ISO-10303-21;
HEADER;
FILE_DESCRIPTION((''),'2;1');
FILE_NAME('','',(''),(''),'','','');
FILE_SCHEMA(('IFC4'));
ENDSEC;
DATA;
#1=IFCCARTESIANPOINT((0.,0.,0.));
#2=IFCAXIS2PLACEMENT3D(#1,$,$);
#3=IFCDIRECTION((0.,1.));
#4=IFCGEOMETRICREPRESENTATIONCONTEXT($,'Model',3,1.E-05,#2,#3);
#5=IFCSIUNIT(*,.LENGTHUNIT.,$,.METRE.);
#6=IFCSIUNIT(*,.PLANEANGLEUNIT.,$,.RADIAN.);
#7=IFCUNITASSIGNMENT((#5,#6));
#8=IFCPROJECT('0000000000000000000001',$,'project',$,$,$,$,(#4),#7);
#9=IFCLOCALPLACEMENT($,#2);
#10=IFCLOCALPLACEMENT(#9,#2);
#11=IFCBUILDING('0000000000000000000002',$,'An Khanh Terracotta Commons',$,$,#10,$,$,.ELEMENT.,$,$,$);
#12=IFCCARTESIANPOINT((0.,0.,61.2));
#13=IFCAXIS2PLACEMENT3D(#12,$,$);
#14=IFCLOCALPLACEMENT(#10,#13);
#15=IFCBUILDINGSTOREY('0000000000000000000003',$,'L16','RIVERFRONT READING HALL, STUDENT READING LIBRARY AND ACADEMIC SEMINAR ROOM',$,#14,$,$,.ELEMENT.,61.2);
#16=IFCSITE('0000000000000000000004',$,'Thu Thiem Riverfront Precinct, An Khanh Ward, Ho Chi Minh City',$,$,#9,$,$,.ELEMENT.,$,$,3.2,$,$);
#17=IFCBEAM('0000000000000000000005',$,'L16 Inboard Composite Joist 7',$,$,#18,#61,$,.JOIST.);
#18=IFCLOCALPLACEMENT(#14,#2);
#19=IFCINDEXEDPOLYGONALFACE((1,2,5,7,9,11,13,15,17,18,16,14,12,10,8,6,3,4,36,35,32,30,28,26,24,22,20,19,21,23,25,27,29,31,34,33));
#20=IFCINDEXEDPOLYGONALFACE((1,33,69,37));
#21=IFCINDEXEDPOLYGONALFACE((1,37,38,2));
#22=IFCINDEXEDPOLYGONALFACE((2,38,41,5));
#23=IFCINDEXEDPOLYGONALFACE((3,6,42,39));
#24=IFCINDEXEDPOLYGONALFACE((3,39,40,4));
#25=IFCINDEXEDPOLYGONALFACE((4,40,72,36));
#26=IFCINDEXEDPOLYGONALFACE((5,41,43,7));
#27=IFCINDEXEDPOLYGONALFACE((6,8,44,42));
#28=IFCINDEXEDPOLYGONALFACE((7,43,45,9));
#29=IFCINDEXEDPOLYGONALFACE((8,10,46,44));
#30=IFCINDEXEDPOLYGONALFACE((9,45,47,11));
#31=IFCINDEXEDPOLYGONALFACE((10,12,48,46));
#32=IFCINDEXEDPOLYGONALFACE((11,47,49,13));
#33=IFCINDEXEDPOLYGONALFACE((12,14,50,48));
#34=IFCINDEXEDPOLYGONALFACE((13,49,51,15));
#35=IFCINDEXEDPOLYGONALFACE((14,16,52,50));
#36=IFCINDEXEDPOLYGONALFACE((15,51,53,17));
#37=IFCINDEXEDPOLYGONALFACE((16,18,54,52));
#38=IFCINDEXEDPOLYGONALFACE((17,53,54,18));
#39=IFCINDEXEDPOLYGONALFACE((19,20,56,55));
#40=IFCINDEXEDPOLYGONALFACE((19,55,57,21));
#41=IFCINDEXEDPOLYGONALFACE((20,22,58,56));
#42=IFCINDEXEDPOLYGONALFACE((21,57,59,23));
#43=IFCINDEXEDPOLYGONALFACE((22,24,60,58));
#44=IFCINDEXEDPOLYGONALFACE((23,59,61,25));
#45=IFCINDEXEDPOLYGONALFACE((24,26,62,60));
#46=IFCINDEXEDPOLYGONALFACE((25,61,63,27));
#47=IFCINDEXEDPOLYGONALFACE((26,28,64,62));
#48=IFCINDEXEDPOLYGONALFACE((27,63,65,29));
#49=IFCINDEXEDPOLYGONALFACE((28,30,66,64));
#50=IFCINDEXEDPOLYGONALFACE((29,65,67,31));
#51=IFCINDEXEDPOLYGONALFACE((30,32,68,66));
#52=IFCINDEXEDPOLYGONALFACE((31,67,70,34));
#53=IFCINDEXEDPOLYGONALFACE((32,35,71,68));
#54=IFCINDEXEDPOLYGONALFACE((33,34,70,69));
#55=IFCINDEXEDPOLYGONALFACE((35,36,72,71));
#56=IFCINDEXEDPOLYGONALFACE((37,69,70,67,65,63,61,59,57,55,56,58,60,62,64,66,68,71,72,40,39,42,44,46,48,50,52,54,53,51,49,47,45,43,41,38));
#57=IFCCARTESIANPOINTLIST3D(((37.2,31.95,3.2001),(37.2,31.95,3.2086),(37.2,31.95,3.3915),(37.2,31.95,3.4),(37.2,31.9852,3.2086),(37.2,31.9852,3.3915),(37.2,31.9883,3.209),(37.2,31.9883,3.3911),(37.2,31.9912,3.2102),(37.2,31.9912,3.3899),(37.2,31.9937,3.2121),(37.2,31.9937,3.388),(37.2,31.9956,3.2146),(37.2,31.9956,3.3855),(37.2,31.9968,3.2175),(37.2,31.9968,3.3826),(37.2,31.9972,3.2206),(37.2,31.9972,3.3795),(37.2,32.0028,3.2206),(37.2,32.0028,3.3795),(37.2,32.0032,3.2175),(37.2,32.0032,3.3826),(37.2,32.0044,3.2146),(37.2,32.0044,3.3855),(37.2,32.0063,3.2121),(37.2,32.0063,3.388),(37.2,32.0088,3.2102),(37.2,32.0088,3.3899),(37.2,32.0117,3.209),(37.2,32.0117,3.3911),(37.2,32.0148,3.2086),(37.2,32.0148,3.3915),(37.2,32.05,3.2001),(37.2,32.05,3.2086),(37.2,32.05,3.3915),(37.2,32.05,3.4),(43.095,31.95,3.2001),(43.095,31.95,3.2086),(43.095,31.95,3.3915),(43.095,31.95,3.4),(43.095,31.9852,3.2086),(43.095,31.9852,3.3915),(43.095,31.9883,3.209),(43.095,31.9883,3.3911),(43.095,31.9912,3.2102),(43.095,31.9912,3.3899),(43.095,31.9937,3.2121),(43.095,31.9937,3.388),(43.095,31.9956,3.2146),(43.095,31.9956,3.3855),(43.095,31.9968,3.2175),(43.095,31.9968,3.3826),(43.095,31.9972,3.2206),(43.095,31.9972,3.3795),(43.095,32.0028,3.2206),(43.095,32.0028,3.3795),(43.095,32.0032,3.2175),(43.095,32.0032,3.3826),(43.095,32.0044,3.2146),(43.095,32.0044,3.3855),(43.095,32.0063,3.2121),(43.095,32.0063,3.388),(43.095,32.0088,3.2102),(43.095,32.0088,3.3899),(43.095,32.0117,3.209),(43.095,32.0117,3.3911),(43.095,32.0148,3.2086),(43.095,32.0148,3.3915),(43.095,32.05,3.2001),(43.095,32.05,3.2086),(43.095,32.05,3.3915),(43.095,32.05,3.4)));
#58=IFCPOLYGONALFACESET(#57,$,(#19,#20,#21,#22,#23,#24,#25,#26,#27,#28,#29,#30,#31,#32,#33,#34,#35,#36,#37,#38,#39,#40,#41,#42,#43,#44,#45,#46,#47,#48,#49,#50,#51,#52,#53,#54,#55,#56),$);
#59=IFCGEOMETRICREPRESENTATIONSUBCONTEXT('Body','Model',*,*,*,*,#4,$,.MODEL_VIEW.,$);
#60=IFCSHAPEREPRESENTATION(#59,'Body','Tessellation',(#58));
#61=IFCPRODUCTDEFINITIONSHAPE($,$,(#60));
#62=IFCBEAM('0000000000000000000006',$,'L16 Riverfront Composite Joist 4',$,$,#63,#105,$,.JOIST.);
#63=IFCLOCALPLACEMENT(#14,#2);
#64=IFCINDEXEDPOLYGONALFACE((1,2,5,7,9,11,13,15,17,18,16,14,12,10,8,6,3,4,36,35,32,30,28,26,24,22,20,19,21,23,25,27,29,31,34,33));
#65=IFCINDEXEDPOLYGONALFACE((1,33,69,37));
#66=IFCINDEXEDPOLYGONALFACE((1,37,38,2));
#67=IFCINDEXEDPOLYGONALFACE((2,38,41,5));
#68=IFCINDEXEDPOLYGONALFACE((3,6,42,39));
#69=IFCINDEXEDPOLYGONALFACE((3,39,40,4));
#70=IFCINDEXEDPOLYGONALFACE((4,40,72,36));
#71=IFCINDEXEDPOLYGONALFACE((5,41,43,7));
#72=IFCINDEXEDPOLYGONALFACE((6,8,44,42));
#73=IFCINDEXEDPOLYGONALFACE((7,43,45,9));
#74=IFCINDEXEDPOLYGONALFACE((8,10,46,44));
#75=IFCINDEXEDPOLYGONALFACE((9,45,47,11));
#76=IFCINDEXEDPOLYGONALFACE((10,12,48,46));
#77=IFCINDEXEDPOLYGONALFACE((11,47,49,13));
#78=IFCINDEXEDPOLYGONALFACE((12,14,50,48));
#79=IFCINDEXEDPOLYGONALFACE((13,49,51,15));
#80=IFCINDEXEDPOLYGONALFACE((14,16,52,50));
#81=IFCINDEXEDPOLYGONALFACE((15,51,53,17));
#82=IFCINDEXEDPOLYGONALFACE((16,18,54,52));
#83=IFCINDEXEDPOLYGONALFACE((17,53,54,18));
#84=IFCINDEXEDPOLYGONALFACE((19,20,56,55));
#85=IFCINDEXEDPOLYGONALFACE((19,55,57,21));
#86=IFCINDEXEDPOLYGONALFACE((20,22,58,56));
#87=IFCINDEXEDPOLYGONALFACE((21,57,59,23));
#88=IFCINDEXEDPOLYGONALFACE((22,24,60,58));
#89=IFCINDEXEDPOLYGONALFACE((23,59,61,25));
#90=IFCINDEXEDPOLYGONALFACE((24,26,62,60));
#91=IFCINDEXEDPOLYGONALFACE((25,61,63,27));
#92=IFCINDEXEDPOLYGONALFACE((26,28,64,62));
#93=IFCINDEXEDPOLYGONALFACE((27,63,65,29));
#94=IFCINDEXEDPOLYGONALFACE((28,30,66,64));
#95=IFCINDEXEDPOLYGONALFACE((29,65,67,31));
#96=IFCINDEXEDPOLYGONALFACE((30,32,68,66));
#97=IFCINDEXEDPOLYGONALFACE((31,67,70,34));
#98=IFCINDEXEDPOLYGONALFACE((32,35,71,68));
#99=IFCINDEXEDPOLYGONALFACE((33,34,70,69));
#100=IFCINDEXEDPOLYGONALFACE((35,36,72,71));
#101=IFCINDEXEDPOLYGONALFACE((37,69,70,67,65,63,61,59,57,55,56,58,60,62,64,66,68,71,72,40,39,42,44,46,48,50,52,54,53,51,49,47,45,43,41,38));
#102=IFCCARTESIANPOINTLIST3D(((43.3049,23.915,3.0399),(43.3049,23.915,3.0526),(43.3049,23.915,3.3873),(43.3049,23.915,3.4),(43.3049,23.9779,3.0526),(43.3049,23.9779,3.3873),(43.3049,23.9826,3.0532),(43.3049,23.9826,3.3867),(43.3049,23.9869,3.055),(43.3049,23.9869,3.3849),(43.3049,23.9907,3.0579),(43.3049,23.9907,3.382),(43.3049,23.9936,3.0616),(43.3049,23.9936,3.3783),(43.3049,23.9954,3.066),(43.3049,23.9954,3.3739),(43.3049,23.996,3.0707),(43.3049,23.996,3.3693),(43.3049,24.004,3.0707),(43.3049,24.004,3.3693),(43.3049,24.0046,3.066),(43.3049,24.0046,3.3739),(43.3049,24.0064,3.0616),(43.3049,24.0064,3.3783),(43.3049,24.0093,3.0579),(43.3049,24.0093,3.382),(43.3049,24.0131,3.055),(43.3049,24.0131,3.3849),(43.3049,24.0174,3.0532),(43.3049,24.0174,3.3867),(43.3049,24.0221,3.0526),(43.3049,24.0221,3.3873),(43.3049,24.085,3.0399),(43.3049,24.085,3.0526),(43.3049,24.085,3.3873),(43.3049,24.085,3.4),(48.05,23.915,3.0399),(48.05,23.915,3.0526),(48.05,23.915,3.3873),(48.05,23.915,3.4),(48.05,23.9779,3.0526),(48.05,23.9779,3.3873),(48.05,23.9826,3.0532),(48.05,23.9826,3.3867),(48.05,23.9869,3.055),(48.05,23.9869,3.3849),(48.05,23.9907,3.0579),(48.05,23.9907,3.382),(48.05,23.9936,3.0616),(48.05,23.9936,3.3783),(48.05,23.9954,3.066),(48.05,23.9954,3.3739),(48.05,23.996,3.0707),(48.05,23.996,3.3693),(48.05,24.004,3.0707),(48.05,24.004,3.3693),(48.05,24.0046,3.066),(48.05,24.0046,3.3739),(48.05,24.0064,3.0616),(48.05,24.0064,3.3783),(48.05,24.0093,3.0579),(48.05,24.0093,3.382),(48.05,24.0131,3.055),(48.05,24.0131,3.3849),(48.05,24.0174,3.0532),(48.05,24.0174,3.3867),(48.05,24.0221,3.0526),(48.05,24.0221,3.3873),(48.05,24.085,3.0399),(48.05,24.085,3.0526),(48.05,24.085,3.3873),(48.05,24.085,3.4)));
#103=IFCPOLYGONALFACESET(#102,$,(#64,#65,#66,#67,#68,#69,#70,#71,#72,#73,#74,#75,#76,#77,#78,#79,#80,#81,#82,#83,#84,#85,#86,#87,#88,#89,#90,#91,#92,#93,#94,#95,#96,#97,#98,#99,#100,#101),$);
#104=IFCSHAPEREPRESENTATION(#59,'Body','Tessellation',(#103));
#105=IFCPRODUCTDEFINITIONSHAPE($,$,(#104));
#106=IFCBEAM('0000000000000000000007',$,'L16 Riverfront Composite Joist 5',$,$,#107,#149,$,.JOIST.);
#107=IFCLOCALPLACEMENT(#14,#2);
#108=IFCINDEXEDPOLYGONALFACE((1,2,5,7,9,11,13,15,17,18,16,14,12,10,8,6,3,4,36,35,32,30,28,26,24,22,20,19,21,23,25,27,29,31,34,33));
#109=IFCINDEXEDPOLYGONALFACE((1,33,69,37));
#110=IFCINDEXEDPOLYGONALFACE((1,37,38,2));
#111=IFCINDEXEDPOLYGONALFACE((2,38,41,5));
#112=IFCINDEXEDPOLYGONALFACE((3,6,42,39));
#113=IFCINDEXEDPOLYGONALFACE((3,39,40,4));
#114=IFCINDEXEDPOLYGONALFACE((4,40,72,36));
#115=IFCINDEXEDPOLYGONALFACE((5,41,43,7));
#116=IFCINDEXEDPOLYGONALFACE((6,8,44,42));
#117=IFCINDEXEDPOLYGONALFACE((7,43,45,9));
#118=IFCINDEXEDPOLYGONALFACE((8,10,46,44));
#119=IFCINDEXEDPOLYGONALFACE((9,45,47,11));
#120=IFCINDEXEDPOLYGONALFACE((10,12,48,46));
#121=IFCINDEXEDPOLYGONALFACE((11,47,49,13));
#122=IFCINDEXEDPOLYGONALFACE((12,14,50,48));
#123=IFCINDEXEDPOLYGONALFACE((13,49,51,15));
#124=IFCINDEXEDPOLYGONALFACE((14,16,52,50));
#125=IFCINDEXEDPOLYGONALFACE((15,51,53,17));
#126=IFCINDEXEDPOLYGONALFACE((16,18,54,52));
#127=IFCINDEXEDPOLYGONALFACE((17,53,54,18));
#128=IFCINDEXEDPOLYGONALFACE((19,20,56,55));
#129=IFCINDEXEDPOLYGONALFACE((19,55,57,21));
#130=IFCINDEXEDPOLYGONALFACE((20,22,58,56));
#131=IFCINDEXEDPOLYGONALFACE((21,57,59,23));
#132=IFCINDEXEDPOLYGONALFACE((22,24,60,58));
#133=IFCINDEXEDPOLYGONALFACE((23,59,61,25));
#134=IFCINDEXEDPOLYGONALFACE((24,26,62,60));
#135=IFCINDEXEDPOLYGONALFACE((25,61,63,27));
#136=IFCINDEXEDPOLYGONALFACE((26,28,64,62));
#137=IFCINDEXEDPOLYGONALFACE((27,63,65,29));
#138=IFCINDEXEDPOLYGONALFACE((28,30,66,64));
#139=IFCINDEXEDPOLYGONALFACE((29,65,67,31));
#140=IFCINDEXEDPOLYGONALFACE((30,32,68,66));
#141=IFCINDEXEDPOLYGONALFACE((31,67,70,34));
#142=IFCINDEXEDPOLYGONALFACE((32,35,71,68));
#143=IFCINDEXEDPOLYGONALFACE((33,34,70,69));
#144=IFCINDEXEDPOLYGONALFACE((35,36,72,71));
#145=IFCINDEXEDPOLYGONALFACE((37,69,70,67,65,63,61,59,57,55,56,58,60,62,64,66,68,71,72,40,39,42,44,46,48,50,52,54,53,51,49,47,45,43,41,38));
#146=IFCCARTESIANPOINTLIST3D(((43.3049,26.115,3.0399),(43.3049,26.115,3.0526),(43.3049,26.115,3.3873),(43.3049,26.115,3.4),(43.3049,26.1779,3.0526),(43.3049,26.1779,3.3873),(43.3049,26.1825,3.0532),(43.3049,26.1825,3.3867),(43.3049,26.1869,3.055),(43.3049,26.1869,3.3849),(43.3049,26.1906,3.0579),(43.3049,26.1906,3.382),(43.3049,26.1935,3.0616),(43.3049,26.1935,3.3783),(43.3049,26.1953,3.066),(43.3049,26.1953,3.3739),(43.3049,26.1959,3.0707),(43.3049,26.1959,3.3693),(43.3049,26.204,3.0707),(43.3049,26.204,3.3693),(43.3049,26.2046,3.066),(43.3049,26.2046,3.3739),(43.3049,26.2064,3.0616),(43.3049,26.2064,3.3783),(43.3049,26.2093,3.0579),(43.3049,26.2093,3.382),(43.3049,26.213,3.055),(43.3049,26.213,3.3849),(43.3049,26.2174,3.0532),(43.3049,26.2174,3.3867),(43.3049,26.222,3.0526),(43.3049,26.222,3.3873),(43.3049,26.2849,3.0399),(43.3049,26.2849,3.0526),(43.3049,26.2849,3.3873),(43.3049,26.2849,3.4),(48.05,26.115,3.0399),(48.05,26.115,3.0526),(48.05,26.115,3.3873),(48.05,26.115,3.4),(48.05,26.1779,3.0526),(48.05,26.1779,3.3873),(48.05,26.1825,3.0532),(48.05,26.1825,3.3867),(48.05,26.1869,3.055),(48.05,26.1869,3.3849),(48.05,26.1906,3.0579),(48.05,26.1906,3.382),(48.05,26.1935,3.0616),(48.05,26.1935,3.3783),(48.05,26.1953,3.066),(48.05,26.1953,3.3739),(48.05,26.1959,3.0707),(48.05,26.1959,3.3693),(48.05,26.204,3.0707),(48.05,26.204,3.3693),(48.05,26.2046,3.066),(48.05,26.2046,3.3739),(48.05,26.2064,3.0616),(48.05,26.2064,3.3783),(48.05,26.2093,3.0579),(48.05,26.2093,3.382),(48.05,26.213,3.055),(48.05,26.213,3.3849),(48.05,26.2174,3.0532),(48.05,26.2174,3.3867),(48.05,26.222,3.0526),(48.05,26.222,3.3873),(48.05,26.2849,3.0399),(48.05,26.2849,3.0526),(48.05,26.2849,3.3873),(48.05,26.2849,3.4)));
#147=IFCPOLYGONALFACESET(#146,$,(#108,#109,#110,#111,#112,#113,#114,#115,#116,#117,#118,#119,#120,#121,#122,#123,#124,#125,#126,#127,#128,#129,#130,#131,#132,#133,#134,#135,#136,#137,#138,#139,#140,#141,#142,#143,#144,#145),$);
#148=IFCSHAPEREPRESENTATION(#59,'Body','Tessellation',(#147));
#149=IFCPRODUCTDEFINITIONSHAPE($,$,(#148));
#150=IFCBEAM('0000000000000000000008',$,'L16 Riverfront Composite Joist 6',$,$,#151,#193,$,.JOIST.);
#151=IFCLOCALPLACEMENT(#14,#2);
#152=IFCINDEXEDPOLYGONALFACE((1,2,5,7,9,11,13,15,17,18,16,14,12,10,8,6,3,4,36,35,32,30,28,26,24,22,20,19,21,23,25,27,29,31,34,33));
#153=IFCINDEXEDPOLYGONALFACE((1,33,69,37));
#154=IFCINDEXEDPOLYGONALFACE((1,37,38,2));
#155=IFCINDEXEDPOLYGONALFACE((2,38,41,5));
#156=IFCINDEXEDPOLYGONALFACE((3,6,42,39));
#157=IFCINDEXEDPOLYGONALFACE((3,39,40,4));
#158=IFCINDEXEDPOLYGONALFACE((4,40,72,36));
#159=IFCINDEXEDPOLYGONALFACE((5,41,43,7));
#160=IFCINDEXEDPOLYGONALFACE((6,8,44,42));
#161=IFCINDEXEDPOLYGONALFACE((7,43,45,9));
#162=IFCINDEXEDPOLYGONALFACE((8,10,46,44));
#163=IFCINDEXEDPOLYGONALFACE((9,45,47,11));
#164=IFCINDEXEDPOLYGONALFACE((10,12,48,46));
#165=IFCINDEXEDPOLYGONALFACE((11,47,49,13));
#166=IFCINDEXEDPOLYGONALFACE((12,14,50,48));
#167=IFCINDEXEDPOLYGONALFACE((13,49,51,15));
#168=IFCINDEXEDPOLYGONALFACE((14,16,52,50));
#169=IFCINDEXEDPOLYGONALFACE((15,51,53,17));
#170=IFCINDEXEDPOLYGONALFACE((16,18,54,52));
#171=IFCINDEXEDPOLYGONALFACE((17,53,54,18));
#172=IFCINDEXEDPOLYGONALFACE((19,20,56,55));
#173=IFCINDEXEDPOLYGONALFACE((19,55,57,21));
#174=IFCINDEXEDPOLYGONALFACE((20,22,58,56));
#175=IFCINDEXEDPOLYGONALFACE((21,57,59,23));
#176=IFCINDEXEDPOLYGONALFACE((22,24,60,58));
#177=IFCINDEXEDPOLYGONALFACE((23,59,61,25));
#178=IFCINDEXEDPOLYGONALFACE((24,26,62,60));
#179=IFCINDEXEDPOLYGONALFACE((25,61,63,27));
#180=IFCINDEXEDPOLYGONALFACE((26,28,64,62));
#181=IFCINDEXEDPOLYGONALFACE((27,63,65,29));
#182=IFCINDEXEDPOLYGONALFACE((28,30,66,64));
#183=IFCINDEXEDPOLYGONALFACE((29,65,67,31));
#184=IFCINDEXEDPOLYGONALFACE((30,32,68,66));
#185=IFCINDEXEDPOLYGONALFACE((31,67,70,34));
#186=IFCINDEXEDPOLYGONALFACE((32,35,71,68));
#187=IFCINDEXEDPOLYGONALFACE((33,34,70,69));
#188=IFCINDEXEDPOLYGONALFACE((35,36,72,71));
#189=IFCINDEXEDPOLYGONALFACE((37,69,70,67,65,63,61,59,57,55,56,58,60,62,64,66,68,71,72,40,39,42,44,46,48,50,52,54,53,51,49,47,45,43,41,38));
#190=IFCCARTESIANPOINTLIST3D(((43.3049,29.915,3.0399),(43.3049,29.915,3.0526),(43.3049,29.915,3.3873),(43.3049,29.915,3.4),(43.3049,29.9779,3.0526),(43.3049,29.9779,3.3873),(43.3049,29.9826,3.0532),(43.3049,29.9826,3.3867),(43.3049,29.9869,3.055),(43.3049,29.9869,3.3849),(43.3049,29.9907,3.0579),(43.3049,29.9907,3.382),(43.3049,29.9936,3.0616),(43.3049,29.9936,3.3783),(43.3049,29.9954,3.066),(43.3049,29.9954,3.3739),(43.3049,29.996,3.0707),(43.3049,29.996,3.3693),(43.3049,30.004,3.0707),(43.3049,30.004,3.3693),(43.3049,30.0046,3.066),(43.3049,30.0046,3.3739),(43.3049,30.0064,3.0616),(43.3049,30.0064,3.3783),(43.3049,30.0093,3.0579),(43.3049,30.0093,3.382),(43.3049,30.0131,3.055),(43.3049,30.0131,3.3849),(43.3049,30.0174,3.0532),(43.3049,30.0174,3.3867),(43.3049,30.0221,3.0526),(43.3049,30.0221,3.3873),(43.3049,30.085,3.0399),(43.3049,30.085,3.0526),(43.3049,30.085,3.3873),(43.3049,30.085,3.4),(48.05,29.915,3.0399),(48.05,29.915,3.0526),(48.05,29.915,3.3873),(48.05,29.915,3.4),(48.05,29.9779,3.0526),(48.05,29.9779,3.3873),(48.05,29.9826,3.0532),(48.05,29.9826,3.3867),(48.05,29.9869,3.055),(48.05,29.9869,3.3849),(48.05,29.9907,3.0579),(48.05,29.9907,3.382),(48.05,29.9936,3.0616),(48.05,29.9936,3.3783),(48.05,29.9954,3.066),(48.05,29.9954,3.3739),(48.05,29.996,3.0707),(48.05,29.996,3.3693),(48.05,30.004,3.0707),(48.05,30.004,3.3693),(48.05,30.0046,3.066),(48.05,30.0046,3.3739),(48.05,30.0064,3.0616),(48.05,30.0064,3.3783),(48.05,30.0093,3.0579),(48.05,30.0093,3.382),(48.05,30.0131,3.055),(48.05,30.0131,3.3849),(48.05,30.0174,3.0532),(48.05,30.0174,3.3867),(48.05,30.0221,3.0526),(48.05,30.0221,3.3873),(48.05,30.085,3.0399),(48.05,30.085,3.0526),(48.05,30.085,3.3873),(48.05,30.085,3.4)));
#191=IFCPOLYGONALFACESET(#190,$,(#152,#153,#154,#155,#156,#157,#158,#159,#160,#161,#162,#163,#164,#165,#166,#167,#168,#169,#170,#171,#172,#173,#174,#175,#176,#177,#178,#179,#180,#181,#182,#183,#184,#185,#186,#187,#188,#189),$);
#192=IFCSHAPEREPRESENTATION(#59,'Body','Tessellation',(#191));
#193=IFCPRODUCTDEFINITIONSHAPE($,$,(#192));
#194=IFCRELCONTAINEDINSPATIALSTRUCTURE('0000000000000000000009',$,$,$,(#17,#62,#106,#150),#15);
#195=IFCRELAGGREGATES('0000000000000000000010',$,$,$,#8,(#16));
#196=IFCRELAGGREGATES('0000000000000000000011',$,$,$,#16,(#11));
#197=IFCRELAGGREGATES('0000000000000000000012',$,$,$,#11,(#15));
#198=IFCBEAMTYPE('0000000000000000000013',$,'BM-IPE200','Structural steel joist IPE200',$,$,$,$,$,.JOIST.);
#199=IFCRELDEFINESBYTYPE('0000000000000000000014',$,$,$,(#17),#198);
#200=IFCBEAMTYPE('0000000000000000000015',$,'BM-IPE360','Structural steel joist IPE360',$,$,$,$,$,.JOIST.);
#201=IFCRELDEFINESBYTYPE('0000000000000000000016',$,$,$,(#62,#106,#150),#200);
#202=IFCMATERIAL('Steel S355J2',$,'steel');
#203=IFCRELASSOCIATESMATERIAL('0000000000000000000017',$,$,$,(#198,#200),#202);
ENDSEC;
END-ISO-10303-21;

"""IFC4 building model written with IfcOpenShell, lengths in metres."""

from ifc_helpers import new_model, si_unit, direction, frame, origin, origin_2d, place, context, subcontext, project, spatial, i_section, extrude, material, material_profile, profile_set, type_object, element, save


model = new_model("IFC4")

# Units and contexts
model_context = context("Model", 3, precision=1e-05, world=origin(), true_north=direction((0.0, 1.0)))
body_context = subcontext(model_context, "Body", "Model", "MODEL_VIEW")
ifc_project = project(units=[si_unit("LENGTHUNIT", "METRE"), si_unit("PLANEANGLEUNIT", "RADIAN")], contexts=[model_context])

# Site, building, storey
site_placement = place(None, origin())
site = spatial("IfcSite", under=ifc_project, at=site_placement, Name="Thu Thiem Riverfront Precinct, An Khanh Ward, Ho Chi Minh City", CompositionType="ELEMENT", RefElevation=3.2)
building_placement = place(site_placement, origin())
building = spatial("IfcBuilding", under=site, at=building_placement, Name="An Khanh Terracotta Commons", CompositionType="ELEMENT")
storey_placement = place(building_placement, frame((0.0, 0.0, 61.2)))
storey = spatial("IfcBuildingStorey", under=building, at=storey_placement, Name="L16", Description="RIVERFRONT READING HALL, STUDENT READING LIBRARY AND ACADEMIC SEMINAR ROOM", CompositionType="ELEMENT", Elevation=61.2)

# Beams
ifc_material_1 = material(Name="Steel S355J2", Category="steel")
ifc_material_profile_1 = material_profile(ifc_material_1, i_section(OverallWidth=0.1001, OverallDepth=0.2, WebThickness=0.0056, FlangeThickness=0.0085, FilletRadius=0.012, at=origin_2d()), Name="IPE200")
ifc_profile_set_1 = profile_set([ifc_material_profile_1], Name="Steel S355J2")
beam_type_1 = type_object("IfcBeamType", Name="BM-IPE200", Description="Structural steel joist IPE200", PredefinedType="JOIST", material=ifc_profile_set_1)
for number, where, z_axis, x_axis, name in (
    (1, (37.2, 32.0, 3.3), (1.0, 0.0, 0.0), (0.0, 1.0, 0.0), "L16 Inboard Composite Joist 7"),
):
    element("IfcBeam", number, at=place(storey_placement, frame(where, z_axis=z_axis, x_axis=x_axis)), inside=storey, type_object=beam_type_1, Name=name, PredefinedType="JOIST", context=body_context, shape_type="SweptSolid", body=[
        extrude(i_section(OverallWidth=0.1001, OverallDepth=0.2, WebThickness=0.0056, FlangeThickness=0.0085, FilletRadius=0.012, at=origin_2d()), origin(), (0.0, 0.0, 1.0), 5.895),
    ])
ifc_material_profile_2 = material_profile(ifc_material_1, i_section(OverallWidth=0.1699, OverallDepth=0.3601, WebThickness=0.0081, FlangeThickness=0.0127, FilletRadius=0.0181, at=origin_2d()), Name="IPE360")
ifc_profile_set_2 = profile_set([ifc_material_profile_2], Name="Steel S355J2")
beam_type_2 = type_object("IfcBeamType", Name="BM-IPE360", Description="Structural steel joist IPE360", PredefinedType="JOIST", material=ifc_profile_set_2)
for number, where, z_axis, x_axis, name in (
    (2, (43.3049, 24.0, 3.22), (1.0, 0.0, 0.0), (0.0, 1.0, 0.0), "L16 Riverfront Composite Joist 4"),
    (3, (43.3049, 26.2, 3.22), (1.0, 0.0, 0.0), (0.0, 1.0, 0.0), "L16 Riverfront Composite Joist 5"),
    (4, (43.3049, 30.0, 3.22), (1.0, 0.0, 0.0), (0.0, 1.0, 0.0), "L16 Riverfront Composite Joist 6"),
):
    element("IfcBeam", number, at=place(storey_placement, frame(where, z_axis=z_axis, x_axis=x_axis)), inside=storey, type_object=beam_type_2, Name=name, PredefinedType="JOIST", context=body_context, shape_type="SweptSolid", body=[
        extrude(i_section(OverallWidth=0.1699, OverallDepth=0.3601, WebThickness=0.0081, FlangeThickness=0.0127, FilletRadius=0.0181, at=origin_2d()), origin(), (0.0, 0.0, 1.0), 4.7451),
    ])

save(model, "model.ifc")
